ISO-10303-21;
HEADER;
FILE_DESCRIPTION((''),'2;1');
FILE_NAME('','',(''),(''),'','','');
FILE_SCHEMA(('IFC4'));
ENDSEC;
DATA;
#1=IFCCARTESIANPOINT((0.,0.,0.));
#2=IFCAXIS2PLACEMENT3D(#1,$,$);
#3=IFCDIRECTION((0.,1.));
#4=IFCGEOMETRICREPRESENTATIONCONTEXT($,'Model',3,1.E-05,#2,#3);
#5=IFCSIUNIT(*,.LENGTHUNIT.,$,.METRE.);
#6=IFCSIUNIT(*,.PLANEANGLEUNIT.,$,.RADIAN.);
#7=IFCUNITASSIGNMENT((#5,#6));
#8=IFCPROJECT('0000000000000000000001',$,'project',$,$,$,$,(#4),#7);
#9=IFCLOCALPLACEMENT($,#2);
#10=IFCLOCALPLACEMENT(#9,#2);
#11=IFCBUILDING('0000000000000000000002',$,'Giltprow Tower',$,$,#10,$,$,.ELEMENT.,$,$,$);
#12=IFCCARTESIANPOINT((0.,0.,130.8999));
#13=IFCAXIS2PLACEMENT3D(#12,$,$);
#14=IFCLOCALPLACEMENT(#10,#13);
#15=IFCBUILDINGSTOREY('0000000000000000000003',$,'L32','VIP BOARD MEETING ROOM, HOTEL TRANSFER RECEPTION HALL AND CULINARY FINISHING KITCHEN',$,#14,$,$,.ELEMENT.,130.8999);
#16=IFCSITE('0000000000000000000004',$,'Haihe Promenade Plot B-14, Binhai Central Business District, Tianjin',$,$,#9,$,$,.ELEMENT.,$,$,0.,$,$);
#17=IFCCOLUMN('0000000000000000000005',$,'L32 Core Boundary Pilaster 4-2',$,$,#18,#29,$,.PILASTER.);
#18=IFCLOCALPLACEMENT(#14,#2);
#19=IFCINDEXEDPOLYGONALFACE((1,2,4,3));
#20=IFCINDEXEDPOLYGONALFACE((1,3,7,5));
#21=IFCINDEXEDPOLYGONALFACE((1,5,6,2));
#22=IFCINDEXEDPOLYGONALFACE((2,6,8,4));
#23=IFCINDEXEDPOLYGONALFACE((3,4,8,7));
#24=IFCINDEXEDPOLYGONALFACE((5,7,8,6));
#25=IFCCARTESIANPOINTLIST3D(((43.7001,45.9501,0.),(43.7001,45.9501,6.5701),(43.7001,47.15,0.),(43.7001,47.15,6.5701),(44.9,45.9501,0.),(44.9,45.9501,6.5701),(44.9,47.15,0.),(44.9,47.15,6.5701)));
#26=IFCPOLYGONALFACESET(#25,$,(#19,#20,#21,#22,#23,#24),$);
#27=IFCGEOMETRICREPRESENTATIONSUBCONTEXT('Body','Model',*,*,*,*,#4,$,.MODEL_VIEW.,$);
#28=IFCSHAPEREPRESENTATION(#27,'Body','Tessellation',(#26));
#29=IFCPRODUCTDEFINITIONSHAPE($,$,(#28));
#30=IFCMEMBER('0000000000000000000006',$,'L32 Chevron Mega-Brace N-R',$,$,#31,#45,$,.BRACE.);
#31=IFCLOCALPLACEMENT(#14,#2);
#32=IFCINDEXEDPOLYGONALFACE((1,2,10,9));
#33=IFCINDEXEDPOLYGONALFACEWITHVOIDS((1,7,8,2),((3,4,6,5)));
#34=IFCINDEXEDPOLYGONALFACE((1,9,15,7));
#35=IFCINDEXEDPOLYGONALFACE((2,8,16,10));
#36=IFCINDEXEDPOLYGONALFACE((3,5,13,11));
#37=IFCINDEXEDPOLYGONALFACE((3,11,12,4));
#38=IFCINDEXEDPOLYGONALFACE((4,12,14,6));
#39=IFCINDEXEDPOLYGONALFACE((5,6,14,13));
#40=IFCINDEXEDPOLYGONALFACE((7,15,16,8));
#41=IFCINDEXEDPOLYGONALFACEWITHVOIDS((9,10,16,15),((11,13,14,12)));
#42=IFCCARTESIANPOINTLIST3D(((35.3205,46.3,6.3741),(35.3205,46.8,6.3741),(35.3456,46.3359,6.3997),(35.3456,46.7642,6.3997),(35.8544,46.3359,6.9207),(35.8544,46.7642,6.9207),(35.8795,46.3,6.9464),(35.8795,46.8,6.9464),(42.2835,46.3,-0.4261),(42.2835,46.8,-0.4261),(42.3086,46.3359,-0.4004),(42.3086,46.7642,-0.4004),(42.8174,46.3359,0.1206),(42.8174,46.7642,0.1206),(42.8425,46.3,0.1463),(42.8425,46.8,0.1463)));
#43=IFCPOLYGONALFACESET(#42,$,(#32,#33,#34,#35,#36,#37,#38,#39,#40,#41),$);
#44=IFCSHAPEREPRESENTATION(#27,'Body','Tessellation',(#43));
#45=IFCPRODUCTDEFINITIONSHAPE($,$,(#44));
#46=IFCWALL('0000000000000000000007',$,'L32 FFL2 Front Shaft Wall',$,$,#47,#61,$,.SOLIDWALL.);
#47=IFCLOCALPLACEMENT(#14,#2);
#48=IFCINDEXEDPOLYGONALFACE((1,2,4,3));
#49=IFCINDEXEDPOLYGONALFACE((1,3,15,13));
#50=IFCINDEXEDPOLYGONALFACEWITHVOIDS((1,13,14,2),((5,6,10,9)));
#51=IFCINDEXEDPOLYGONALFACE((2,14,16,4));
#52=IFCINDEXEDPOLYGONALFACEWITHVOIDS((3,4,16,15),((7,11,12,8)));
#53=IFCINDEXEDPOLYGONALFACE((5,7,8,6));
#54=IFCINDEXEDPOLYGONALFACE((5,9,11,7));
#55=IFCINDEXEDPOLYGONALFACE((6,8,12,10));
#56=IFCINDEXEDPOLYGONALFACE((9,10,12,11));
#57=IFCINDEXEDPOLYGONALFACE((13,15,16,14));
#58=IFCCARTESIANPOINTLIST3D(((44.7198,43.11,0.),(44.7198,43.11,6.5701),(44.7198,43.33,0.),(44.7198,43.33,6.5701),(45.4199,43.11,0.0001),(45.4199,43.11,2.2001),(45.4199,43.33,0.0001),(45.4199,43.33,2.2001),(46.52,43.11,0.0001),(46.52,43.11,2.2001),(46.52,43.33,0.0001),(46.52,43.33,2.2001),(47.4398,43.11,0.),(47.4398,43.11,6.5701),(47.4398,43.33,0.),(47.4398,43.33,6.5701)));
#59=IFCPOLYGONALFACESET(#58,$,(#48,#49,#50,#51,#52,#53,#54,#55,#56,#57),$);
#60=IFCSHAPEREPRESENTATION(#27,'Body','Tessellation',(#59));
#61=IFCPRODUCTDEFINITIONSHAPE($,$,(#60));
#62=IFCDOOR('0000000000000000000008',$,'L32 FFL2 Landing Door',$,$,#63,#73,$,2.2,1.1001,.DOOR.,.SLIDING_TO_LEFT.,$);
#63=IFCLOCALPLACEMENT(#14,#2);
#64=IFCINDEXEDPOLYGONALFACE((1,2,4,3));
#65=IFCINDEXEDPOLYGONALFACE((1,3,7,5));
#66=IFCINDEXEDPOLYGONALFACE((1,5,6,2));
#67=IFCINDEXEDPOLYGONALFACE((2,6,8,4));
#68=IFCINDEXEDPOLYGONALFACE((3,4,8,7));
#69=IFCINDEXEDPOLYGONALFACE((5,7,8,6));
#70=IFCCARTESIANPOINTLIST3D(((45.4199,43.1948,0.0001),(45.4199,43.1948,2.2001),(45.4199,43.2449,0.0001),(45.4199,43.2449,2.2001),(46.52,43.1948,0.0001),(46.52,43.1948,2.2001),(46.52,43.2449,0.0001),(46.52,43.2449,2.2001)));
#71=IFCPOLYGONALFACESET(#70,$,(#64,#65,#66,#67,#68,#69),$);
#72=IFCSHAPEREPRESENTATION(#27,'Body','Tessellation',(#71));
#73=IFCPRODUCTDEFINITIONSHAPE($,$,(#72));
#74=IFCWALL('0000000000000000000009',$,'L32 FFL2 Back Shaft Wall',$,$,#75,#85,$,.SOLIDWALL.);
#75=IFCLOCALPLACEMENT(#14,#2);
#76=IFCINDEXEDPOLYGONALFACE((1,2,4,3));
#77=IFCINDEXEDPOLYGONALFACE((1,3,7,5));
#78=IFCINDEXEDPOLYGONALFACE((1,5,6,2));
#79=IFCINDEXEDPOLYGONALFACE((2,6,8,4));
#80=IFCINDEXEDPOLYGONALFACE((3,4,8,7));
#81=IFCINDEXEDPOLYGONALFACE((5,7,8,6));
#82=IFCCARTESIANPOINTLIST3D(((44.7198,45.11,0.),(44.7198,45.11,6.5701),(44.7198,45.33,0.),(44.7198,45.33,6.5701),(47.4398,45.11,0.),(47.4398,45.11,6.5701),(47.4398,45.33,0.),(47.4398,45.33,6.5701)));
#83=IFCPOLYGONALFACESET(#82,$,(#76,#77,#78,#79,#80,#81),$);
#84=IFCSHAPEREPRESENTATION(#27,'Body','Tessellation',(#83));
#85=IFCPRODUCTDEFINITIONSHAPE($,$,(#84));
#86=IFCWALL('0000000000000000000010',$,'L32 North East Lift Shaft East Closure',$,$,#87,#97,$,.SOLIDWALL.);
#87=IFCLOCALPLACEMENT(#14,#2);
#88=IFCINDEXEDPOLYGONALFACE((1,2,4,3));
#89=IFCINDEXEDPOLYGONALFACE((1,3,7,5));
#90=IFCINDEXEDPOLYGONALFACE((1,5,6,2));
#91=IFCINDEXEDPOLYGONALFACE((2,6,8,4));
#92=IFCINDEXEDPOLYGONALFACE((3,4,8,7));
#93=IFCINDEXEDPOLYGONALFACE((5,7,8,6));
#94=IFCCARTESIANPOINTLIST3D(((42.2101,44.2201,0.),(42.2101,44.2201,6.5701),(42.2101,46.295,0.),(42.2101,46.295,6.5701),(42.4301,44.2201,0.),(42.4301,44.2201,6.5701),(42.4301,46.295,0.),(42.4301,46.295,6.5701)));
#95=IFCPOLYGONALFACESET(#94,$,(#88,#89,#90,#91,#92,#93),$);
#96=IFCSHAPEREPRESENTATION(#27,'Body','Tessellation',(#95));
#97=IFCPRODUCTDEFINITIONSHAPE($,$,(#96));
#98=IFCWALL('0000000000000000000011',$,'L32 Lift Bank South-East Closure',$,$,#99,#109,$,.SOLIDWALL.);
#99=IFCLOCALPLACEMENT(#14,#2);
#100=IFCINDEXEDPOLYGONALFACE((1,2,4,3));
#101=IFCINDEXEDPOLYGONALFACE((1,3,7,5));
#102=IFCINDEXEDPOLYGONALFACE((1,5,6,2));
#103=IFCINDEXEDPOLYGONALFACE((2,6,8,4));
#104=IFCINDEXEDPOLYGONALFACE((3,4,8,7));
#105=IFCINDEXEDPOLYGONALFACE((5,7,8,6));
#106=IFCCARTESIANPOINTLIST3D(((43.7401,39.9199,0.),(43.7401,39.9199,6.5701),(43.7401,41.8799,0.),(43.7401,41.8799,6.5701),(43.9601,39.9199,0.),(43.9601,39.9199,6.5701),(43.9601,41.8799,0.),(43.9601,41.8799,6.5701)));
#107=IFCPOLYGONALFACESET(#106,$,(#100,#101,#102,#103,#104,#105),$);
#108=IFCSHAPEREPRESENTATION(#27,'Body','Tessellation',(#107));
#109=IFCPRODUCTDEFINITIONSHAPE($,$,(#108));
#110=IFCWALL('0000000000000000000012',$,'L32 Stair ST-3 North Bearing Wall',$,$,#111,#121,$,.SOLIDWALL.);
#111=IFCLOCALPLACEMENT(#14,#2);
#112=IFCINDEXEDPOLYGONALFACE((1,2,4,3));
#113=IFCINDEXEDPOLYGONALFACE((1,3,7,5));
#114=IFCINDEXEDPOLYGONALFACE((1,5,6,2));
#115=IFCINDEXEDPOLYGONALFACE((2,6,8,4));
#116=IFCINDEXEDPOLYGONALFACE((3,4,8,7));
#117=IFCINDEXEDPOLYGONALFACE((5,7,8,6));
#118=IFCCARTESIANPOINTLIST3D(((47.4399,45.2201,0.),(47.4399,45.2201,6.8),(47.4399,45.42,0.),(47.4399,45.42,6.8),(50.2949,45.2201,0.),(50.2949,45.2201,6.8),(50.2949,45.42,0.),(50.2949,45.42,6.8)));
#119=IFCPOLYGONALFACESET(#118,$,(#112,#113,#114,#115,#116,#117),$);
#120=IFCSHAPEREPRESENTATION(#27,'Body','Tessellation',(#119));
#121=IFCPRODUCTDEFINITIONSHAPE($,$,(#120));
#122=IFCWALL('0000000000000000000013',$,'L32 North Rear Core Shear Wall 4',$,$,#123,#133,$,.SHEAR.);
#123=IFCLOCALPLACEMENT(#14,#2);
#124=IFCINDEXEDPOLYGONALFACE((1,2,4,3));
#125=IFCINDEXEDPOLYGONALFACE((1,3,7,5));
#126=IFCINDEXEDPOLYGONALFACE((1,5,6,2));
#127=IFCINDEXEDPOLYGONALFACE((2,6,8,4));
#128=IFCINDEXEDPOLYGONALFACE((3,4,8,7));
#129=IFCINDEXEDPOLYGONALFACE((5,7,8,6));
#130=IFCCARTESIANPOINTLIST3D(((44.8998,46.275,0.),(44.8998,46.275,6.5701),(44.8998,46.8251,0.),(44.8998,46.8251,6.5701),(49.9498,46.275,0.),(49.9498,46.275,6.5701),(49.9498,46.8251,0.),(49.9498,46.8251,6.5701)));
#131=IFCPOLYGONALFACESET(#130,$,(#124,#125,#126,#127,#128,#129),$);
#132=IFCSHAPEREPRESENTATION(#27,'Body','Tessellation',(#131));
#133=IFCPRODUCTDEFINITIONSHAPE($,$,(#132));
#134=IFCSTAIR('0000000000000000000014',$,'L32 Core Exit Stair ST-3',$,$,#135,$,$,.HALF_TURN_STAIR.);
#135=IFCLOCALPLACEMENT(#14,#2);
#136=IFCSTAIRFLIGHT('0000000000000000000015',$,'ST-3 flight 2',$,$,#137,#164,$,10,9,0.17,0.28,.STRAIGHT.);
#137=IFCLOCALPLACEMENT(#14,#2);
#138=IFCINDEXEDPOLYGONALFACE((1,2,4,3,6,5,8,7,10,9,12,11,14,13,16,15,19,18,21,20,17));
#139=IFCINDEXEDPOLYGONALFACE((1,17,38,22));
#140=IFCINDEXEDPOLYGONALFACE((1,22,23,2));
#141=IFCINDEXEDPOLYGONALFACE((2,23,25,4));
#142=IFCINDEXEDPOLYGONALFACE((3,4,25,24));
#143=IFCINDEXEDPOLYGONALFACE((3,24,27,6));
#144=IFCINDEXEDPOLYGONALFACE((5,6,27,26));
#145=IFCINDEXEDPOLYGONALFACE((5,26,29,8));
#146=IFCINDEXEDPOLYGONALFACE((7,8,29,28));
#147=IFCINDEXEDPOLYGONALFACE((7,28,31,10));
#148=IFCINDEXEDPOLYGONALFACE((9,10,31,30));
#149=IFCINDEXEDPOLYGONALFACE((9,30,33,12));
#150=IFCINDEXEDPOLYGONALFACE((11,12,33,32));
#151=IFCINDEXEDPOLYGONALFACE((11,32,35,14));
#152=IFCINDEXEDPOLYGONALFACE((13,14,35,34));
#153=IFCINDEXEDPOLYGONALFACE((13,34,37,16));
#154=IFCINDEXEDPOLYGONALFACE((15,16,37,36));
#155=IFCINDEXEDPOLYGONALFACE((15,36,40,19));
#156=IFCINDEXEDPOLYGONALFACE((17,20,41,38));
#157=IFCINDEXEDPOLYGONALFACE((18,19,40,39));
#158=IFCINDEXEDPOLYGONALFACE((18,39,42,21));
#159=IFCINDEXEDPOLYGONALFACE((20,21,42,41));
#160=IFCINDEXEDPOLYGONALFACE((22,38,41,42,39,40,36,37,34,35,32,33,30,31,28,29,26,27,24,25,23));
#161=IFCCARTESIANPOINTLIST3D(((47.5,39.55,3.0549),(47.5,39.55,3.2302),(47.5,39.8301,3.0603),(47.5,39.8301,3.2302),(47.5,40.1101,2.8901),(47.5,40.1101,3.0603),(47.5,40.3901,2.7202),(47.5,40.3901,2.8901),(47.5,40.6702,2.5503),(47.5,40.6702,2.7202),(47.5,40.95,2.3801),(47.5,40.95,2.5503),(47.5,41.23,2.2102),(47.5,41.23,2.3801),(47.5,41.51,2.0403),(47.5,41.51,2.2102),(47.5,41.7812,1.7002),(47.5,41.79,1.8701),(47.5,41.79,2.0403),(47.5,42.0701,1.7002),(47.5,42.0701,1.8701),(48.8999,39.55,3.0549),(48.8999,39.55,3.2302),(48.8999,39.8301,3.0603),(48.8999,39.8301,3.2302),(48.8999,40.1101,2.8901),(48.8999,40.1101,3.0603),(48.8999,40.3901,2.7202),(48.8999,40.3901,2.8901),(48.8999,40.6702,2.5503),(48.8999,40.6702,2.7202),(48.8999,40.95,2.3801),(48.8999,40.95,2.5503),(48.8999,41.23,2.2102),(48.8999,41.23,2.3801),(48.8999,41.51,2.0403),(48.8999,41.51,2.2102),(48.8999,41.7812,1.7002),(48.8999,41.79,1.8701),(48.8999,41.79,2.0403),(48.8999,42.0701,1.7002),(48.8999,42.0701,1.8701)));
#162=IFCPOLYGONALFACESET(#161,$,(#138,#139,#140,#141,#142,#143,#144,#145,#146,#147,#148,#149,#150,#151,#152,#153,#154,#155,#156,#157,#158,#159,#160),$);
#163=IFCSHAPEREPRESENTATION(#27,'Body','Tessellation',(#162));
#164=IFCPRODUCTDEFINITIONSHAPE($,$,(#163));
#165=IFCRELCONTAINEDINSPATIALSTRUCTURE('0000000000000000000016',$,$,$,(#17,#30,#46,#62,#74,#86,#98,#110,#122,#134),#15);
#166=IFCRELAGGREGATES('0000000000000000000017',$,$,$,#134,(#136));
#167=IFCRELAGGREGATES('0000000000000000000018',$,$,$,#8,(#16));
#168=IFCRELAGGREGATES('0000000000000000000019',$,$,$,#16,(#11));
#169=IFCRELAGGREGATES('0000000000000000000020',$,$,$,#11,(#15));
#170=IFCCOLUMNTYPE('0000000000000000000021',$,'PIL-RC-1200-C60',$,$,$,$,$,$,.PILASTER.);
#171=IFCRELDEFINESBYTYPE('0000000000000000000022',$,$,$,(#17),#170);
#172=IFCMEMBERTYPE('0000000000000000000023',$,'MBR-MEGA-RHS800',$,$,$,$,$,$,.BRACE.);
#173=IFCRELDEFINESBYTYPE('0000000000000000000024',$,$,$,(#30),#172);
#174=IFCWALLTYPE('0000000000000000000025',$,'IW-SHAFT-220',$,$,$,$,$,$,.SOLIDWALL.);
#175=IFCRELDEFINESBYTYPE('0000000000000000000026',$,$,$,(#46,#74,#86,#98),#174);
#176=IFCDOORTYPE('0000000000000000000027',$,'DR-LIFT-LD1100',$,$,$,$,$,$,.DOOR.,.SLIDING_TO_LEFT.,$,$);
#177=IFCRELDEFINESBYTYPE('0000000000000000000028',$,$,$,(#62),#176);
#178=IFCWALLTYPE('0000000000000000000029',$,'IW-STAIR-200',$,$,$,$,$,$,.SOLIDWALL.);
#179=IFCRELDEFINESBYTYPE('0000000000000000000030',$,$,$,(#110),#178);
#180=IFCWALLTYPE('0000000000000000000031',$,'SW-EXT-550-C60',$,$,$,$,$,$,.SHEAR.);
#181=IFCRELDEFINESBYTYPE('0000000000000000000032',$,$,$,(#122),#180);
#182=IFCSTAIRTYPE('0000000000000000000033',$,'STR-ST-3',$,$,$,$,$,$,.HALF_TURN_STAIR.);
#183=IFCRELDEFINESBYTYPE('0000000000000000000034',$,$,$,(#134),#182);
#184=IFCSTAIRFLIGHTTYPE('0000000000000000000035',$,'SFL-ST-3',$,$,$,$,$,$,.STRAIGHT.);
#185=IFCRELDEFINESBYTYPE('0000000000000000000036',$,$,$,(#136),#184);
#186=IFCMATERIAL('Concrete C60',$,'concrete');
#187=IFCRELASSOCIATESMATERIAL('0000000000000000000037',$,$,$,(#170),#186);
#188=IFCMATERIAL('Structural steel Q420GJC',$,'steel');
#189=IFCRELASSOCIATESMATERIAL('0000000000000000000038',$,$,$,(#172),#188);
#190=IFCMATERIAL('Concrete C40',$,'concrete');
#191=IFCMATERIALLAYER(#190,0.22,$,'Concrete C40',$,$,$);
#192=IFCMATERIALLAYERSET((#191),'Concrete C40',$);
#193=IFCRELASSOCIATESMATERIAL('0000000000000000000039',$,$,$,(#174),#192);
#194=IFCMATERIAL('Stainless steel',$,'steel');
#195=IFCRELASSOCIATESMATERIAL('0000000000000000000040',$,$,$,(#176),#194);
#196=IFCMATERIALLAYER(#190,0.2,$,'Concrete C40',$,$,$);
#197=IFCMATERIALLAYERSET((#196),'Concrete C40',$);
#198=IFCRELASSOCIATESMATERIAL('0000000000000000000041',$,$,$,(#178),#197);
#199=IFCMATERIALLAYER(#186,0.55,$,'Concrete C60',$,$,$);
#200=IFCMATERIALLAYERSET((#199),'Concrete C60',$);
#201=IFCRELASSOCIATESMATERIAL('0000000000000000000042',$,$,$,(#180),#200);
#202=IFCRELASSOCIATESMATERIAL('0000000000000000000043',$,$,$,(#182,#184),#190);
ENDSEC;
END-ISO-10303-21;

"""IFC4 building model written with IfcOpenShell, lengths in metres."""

from ifc_helpers import new_model, si_unit, direction, frame, frame_2d, origin, origin_2d, place, context, subcontext, project, spatial, polyline, rectangle, hollow_rectangle, outline, extrude, source, transform, mapped, material, layer, layer_set, material_profile, profile_set, type_object, element, fill, aggregate, save


model = new_model("IFC4")

# Units and contexts
model_context = context("Model", 3, precision=1e-05, world=origin(), true_north=direction((0.0, 1.0)))
body_context = subcontext(model_context, "Body", "Model", "MODEL_VIEW")
ifc_project = project(units=[si_unit("LENGTHUNIT", "METRE"), si_unit("PLANEANGLEUNIT", "RADIAN")], contexts=[model_context])

# Site, building, storey
site_placement = place(None, origin())
site = spatial("IfcSite", under=ifc_project, at=site_placement, Name="Haihe Promenade Plot B-14, Binhai Central Business District, Tianjin", CompositionType="ELEMENT", RefElevation=0.0)
building_placement = place(site_placement, origin())
building = spatial("IfcBuilding", under=site, at=building_placement, Name="Giltprow Tower", CompositionType="ELEMENT")
storey_placement = place(building_placement, frame((0.0, 0.0, 130.8999)))
storey = spatial("IfcBuildingStorey", under=building, at=storey_placement, Name="L32", Description="VIP BOARD MEETING ROOM, HOTEL TRANSFER RECEPTION HALL AND CULINARY FINISHING KITCHEN", CompositionType="ELEMENT", Elevation=130.8999)

# Column
ifc_material_1 = material(Name="Concrete C60", Category="concrete")
ifc_material_profile_1 = material_profile(ifc_material_1, rectangle(XDim=1.2, YDim=1.2, at=origin_2d()), Name="RC 1200x1200")
ifc_profile_set_1 = profile_set([ifc_material_profile_1], Name="Concrete C60")
column_type = type_object("IfcColumnType", Name="PIL-RC-1200-C60", PredefinedType="PILASTER", material=ifc_profile_set_1)
shared_shape_1 = source(origin(), body_context, "Body", "SweptSolid", [
    extrude(rectangle(XDim=1.2, YDim=1.2, at=origin_2d()), origin(), (0.0, 0.0, 1.0), 6.5701),
])
column_placement = place(storey_placement, frame((44.3, 46.55, 0.0), z_axis=(0.0, 0.0, 1.0), x_axis=(1.0, 0.0, 0.0)))
element("IfcColumn", 1, at=column_placement, inside=storey, type_object=column_type, Name="L32 Core Boundary Pilaster 4-2", PredefinedType="PILASTER", context=body_context, shape_type="MappedRepresentation", body=[
    mapped(shared_shape_1, transform((0.0, 0.0, 0.0), x_axis=(1.0, 0.0, 0.0), y_axis=(0.0, 1.0, 0.0), z_axis=(0.0, 0.0, 1.0), scale=1.0)),
])

# Member
ifc_material_2 = material(Name="Structural steel Q420GJC", Category="steel")
ifc_material_profile_2 = material_profile(ifc_material_2, hollow_rectangle(XDim=0.5, YDim=0.8, WallThickness=0.0359, at=origin_2d()), Name="RHS 800x500x36")
ifc_profile_set_2 = profile_set([ifc_material_profile_2], Name="Structural steel Q420GJC")
member_type = type_object("IfcMemberType", Name="MBR-MEGA-RHS800", PredefinedType="BRACE", material=ifc_profile_set_2)
shared_shape_2 = source(origin(), body_context, "Body", "SweptSolid", [
    extrude(hollow_rectangle(XDim=0.5, YDim=0.8, WallThickness=0.0359, at=origin_2d()), origin(), (0.0, 0.0, 1.0), 9.7327),
])
member_placement = place(storey_placement, frame((42.563, 46.55, -0.1399), z_axis=(-0.715423, 0.0, 0.698691), x_axis=(0.0, -1.0, 0.0)))
element("IfcMember", 2, at=member_placement, inside=storey, type_object=member_type, Name="L32 Chevron Mega-Brace N-R", PredefinedType="BRACE", context=body_context, shape_type="MappedRepresentation", body=[
    mapped(shared_shape_2, transform((0.0, 0.0, 0.0), x_axis=(1.0, 0.0, 0.0), y_axis=(0.0, 1.0, 0.0), z_axis=(0.0, 0.0, 1.0), scale=1.0)),
])

# Wall, opening, door
ifc_material_3 = material(Name="Concrete C40", Category="concrete")
ifc_layer_1 = layer(ifc_material_3, 0.22, Name="Concrete C40")
ifc_layer_set_1 = layer_set([ifc_layer_1], Name="Concrete C40")
wall_type_1 = type_object("IfcWallType", Name="IW-SHAFT-220", PredefinedType="SOLIDWALL", material=ifc_layer_set_1)
wall_1_placement = place(storey_placement, frame((44.72, 43.22, 0.0), z_axis=(0.0, 0.0, 1.0), x_axis=(1.0, 0.0, 0.0)))
wall_1 = element("IfcWall", 3, at=wall_1_placement, inside=storey, type_object=wall_type_1, Name="L32 FFL2 Front Shaft Wall", PredefinedType="SOLIDWALL", context=body_context, shape_type="SweptSolid", body=[
    extrude(rectangle(XDim=2.72, YDim=0.22, at=frame_2d((1.3599, 0.0))), origin(), (0.0, 0.0, 1.0), 6.5701),
])
opening_placement = place(wall_1_placement, frame((0.7, 0.0, 0.0)))
opening = element("IfcOpeningElement", 4, at=opening_placement, cuts=wall_1, PredefinedType="OPENING", context=body_context, shape_type="SweptSolid", body=[
    extrude(rectangle(XDim=1.1001, YDim=2.2, at=frame_2d((0.55, 1.1001))), frame((0.0, 0.1199, 0.0), z_axis=(0.0, -1.0, 0.0), x_axis=(1.0, 0.0, 0.0)), (0.0, 0.0, 1.0), 0.24),
])
ifc_material_4 = material(Name="Stainless steel", Category="steel")
door_type = type_object("IfcDoorType", Name="DR-LIFT-LD1100", OperationType="SLIDING_TO_LEFT", PredefinedType="DOOR", material=ifc_material_4)
shared_shape_3 = source(origin(), body_context, "Body", "SweptSolid", [
    extrude(rectangle(XDim=1.1001, YDim=2.2, at=frame_2d((0.55, 1.1001))), frame((0.0, 0.0249, 0.0), z_axis=(0.0, -1.0, 0.0), x_axis=(1.0, 0.0, 0.0)), (0.0, 0.0, 1.0), 0.05),
])
door_placement = place(opening_placement, origin())
door = element("IfcDoor", 5, at=door_placement, inside=storey, type_object=door_type, Name="L32 FFL2 Landing Door", OperationType="SLIDING_TO_LEFT", OverallHeight=2.2, OverallWidth=1.1001, PredefinedType="DOOR", context=body_context, shape_type="MappedRepresentation", body=[
    mapped(shared_shape_3, transform((0.0, 0.0, 0.0), x_axis=(1.0, 0.0, 0.0), y_axis=(0.0, 1.0, 0.0), z_axis=(0.0, 0.0, 1.0), scale=1.0)),
])
fill(opening, door)

# Walls
wall_2_placement = place(storey_placement, frame((44.72, 45.22, 0.0), z_axis=(0.0, 0.0, 1.0), x_axis=(1.0, 0.0, 0.0)))
element("IfcWall", 6, at=wall_2_placement, inside=storey, type_object=wall_type_1, Name="L32 FFL2 Back Shaft Wall", PredefinedType="SOLIDWALL", context=body_context, shape_type="SweptSolid", body=[
    extrude(rectangle(XDim=2.72, YDim=0.22, at=frame_2d((1.3599, 0.0))), origin(), (0.0, 0.0, 1.0), 6.5701),
])
wall_3_placement = place(storey_placement, frame((42.3201, 44.22, 0.0), z_axis=(0.0, 0.0, 1.0), x_axis=(0.0, 1.0, 0.0)))
element("IfcWall", 7, at=wall_3_placement, inside=storey, type_object=wall_type_1, Name="L32 North East Lift Shaft East Closure", PredefinedType="SOLIDWALL", context=body_context, shape_type="SweptSolid", body=[
    extrude(rectangle(XDim=2.075, YDim=0.22, at=frame_2d((1.0376, 0.0))), origin(), (0.0, 0.0, 1.0), 6.5701),
])
wall_4_placement = place(storey_placement, frame((43.8501, 39.9199, 0.0), z_axis=(0.0, 0.0, 1.0), x_axis=(0.0, 1.0, 0.0)))
element("IfcWall", 8, at=wall_4_placement, inside=storey, type_object=wall_type_1, Name="L32 Lift Bank South-East Closure", PredefinedType="SOLIDWALL", context=body_context, shape_type="SweptSolid", body=[
    extrude(rectangle(XDim=1.96, YDim=0.22, at=frame_2d((0.98, 0.0))), origin(), (0.0, 0.0, 1.0), 6.5701),
])
ifc_layer_2 = layer(ifc_material_3, 0.2, Name="Concrete C40")
ifc_layer_set_2 = layer_set([ifc_layer_2], Name="Concrete C40")
wall_type_2 = type_object("IfcWallType", Name="IW-STAIR-200", PredefinedType="SOLIDWALL", material=ifc_layer_set_2)
wall_5_placement = place(storey_placement, frame((47.4399, 45.3201, 0.0), z_axis=(0.0, 0.0, 1.0), x_axis=(1.0, 0.0, 0.0)))
element("IfcWall", 9, at=wall_5_placement, inside=storey, type_object=wall_type_2, Name="L32 Stair ST-3 North Bearing Wall", PredefinedType="SOLIDWALL", context=body_context, shape_type="SweptSolid", body=[
    extrude(rectangle(XDim=2.855, YDim=0.2, at=frame_2d((1.4275, 0.0))), origin(), (0.0, 0.0, 1.0), 6.8),
])
ifc_layer_3 = layer(ifc_material_1, 0.55, Name="Concrete C60")
ifc_layer_set_3 = layer_set([ifc_layer_3], Name="Concrete C60")
wall_type_3 = type_object("IfcWallType", Name="SW-EXT-550-C60", PredefinedType="SHEAR", material=ifc_layer_set_3)
wall_6_placement = place(storey_placement, frame((44.8999, 46.55, 0.0), z_axis=(0.0, 0.0, 1.0), x_axis=(1.0, 0.0, 0.0)))
element("IfcWall", 10, at=wall_6_placement, inside=storey, type_object=wall_type_3, Name="L32 North Rear Core Shear Wall 4", PredefinedType="SHEAR", context=body_context, shape_type="SweptSolid", body=[
    extrude(rectangle(XDim=5.05, YDim=0.55, at=frame_2d((2.5249, 0.0))), origin(), (0.0, 0.0, 1.0), 6.5701),
])

# Stair, stair flight
stair_type = type_object("IfcStairType", Name="STR-ST-3", PredefinedType="HALF_TURN_STAIR", material=ifc_material_3)
stair_placement = place(storey_placement, origin())
stair = element("IfcStair", 11, at=stair_placement, inside=storey, type_object=stair_type, Name="L32 Core Exit Stair ST-3", PredefinedType="HALF_TURN_STAIR")
stair_flight_type = type_object("IfcStairFlightType", Name="SFL-ST-3", PredefinedType="STRAIGHT", material=ifc_material_3)
stair_flight_1_placement = place(storey_placement, frame((48.2, 42.0701, 1.7002), z_axis=(0.0, 0.0, 1.0), x_axis=(0.0, -1.0, 0.0)))
stair_flight_1 = element("IfcStairFlight", 12, at=stair_flight_1_placement, type_object=stair_flight_type, Name="ST-3 flight 2", NumberOfRisers=10, NumberOfTreads=9, PredefinedType="STRAIGHT", RiserHeight=0.17, TreadLength=0.28, context=body_context, shape_type="SweptSolid", body=[
    extrude(outline(polyline([(0.0, 0.0), (0.0, 0.1699), (0.28, 0.1699), (0.28, 0.3401), (0.5601, 0.3401), (0.5601, 0.51), (0.8401, 0.51), (0.8401, 0.6799), (1.1201, 0.6799), (1.1201, 0.8501), (1.3999, 0.8501), (1.3999, 1.02), (1.6799, 1.02), (1.6799, 1.1899), (1.96, 1.1899), (1.96, 1.3601), (2.24, 1.3601), (2.24, 1.53), (2.52, 1.53), (2.52, 1.7), (2.52, 1.3547), (0.2888, 0.0), (0.0, 0.0)])), frame((0.0, 0.7, 0.0), z_axis=(0.0, -1.0, 0.0), x_axis=(1.0, 0.0, 0.0)), (0.0, 0.0, 1.0), 1.3999),
])
aggregate(stair, [stair_flight_1])

save(model, "model.ifc")
